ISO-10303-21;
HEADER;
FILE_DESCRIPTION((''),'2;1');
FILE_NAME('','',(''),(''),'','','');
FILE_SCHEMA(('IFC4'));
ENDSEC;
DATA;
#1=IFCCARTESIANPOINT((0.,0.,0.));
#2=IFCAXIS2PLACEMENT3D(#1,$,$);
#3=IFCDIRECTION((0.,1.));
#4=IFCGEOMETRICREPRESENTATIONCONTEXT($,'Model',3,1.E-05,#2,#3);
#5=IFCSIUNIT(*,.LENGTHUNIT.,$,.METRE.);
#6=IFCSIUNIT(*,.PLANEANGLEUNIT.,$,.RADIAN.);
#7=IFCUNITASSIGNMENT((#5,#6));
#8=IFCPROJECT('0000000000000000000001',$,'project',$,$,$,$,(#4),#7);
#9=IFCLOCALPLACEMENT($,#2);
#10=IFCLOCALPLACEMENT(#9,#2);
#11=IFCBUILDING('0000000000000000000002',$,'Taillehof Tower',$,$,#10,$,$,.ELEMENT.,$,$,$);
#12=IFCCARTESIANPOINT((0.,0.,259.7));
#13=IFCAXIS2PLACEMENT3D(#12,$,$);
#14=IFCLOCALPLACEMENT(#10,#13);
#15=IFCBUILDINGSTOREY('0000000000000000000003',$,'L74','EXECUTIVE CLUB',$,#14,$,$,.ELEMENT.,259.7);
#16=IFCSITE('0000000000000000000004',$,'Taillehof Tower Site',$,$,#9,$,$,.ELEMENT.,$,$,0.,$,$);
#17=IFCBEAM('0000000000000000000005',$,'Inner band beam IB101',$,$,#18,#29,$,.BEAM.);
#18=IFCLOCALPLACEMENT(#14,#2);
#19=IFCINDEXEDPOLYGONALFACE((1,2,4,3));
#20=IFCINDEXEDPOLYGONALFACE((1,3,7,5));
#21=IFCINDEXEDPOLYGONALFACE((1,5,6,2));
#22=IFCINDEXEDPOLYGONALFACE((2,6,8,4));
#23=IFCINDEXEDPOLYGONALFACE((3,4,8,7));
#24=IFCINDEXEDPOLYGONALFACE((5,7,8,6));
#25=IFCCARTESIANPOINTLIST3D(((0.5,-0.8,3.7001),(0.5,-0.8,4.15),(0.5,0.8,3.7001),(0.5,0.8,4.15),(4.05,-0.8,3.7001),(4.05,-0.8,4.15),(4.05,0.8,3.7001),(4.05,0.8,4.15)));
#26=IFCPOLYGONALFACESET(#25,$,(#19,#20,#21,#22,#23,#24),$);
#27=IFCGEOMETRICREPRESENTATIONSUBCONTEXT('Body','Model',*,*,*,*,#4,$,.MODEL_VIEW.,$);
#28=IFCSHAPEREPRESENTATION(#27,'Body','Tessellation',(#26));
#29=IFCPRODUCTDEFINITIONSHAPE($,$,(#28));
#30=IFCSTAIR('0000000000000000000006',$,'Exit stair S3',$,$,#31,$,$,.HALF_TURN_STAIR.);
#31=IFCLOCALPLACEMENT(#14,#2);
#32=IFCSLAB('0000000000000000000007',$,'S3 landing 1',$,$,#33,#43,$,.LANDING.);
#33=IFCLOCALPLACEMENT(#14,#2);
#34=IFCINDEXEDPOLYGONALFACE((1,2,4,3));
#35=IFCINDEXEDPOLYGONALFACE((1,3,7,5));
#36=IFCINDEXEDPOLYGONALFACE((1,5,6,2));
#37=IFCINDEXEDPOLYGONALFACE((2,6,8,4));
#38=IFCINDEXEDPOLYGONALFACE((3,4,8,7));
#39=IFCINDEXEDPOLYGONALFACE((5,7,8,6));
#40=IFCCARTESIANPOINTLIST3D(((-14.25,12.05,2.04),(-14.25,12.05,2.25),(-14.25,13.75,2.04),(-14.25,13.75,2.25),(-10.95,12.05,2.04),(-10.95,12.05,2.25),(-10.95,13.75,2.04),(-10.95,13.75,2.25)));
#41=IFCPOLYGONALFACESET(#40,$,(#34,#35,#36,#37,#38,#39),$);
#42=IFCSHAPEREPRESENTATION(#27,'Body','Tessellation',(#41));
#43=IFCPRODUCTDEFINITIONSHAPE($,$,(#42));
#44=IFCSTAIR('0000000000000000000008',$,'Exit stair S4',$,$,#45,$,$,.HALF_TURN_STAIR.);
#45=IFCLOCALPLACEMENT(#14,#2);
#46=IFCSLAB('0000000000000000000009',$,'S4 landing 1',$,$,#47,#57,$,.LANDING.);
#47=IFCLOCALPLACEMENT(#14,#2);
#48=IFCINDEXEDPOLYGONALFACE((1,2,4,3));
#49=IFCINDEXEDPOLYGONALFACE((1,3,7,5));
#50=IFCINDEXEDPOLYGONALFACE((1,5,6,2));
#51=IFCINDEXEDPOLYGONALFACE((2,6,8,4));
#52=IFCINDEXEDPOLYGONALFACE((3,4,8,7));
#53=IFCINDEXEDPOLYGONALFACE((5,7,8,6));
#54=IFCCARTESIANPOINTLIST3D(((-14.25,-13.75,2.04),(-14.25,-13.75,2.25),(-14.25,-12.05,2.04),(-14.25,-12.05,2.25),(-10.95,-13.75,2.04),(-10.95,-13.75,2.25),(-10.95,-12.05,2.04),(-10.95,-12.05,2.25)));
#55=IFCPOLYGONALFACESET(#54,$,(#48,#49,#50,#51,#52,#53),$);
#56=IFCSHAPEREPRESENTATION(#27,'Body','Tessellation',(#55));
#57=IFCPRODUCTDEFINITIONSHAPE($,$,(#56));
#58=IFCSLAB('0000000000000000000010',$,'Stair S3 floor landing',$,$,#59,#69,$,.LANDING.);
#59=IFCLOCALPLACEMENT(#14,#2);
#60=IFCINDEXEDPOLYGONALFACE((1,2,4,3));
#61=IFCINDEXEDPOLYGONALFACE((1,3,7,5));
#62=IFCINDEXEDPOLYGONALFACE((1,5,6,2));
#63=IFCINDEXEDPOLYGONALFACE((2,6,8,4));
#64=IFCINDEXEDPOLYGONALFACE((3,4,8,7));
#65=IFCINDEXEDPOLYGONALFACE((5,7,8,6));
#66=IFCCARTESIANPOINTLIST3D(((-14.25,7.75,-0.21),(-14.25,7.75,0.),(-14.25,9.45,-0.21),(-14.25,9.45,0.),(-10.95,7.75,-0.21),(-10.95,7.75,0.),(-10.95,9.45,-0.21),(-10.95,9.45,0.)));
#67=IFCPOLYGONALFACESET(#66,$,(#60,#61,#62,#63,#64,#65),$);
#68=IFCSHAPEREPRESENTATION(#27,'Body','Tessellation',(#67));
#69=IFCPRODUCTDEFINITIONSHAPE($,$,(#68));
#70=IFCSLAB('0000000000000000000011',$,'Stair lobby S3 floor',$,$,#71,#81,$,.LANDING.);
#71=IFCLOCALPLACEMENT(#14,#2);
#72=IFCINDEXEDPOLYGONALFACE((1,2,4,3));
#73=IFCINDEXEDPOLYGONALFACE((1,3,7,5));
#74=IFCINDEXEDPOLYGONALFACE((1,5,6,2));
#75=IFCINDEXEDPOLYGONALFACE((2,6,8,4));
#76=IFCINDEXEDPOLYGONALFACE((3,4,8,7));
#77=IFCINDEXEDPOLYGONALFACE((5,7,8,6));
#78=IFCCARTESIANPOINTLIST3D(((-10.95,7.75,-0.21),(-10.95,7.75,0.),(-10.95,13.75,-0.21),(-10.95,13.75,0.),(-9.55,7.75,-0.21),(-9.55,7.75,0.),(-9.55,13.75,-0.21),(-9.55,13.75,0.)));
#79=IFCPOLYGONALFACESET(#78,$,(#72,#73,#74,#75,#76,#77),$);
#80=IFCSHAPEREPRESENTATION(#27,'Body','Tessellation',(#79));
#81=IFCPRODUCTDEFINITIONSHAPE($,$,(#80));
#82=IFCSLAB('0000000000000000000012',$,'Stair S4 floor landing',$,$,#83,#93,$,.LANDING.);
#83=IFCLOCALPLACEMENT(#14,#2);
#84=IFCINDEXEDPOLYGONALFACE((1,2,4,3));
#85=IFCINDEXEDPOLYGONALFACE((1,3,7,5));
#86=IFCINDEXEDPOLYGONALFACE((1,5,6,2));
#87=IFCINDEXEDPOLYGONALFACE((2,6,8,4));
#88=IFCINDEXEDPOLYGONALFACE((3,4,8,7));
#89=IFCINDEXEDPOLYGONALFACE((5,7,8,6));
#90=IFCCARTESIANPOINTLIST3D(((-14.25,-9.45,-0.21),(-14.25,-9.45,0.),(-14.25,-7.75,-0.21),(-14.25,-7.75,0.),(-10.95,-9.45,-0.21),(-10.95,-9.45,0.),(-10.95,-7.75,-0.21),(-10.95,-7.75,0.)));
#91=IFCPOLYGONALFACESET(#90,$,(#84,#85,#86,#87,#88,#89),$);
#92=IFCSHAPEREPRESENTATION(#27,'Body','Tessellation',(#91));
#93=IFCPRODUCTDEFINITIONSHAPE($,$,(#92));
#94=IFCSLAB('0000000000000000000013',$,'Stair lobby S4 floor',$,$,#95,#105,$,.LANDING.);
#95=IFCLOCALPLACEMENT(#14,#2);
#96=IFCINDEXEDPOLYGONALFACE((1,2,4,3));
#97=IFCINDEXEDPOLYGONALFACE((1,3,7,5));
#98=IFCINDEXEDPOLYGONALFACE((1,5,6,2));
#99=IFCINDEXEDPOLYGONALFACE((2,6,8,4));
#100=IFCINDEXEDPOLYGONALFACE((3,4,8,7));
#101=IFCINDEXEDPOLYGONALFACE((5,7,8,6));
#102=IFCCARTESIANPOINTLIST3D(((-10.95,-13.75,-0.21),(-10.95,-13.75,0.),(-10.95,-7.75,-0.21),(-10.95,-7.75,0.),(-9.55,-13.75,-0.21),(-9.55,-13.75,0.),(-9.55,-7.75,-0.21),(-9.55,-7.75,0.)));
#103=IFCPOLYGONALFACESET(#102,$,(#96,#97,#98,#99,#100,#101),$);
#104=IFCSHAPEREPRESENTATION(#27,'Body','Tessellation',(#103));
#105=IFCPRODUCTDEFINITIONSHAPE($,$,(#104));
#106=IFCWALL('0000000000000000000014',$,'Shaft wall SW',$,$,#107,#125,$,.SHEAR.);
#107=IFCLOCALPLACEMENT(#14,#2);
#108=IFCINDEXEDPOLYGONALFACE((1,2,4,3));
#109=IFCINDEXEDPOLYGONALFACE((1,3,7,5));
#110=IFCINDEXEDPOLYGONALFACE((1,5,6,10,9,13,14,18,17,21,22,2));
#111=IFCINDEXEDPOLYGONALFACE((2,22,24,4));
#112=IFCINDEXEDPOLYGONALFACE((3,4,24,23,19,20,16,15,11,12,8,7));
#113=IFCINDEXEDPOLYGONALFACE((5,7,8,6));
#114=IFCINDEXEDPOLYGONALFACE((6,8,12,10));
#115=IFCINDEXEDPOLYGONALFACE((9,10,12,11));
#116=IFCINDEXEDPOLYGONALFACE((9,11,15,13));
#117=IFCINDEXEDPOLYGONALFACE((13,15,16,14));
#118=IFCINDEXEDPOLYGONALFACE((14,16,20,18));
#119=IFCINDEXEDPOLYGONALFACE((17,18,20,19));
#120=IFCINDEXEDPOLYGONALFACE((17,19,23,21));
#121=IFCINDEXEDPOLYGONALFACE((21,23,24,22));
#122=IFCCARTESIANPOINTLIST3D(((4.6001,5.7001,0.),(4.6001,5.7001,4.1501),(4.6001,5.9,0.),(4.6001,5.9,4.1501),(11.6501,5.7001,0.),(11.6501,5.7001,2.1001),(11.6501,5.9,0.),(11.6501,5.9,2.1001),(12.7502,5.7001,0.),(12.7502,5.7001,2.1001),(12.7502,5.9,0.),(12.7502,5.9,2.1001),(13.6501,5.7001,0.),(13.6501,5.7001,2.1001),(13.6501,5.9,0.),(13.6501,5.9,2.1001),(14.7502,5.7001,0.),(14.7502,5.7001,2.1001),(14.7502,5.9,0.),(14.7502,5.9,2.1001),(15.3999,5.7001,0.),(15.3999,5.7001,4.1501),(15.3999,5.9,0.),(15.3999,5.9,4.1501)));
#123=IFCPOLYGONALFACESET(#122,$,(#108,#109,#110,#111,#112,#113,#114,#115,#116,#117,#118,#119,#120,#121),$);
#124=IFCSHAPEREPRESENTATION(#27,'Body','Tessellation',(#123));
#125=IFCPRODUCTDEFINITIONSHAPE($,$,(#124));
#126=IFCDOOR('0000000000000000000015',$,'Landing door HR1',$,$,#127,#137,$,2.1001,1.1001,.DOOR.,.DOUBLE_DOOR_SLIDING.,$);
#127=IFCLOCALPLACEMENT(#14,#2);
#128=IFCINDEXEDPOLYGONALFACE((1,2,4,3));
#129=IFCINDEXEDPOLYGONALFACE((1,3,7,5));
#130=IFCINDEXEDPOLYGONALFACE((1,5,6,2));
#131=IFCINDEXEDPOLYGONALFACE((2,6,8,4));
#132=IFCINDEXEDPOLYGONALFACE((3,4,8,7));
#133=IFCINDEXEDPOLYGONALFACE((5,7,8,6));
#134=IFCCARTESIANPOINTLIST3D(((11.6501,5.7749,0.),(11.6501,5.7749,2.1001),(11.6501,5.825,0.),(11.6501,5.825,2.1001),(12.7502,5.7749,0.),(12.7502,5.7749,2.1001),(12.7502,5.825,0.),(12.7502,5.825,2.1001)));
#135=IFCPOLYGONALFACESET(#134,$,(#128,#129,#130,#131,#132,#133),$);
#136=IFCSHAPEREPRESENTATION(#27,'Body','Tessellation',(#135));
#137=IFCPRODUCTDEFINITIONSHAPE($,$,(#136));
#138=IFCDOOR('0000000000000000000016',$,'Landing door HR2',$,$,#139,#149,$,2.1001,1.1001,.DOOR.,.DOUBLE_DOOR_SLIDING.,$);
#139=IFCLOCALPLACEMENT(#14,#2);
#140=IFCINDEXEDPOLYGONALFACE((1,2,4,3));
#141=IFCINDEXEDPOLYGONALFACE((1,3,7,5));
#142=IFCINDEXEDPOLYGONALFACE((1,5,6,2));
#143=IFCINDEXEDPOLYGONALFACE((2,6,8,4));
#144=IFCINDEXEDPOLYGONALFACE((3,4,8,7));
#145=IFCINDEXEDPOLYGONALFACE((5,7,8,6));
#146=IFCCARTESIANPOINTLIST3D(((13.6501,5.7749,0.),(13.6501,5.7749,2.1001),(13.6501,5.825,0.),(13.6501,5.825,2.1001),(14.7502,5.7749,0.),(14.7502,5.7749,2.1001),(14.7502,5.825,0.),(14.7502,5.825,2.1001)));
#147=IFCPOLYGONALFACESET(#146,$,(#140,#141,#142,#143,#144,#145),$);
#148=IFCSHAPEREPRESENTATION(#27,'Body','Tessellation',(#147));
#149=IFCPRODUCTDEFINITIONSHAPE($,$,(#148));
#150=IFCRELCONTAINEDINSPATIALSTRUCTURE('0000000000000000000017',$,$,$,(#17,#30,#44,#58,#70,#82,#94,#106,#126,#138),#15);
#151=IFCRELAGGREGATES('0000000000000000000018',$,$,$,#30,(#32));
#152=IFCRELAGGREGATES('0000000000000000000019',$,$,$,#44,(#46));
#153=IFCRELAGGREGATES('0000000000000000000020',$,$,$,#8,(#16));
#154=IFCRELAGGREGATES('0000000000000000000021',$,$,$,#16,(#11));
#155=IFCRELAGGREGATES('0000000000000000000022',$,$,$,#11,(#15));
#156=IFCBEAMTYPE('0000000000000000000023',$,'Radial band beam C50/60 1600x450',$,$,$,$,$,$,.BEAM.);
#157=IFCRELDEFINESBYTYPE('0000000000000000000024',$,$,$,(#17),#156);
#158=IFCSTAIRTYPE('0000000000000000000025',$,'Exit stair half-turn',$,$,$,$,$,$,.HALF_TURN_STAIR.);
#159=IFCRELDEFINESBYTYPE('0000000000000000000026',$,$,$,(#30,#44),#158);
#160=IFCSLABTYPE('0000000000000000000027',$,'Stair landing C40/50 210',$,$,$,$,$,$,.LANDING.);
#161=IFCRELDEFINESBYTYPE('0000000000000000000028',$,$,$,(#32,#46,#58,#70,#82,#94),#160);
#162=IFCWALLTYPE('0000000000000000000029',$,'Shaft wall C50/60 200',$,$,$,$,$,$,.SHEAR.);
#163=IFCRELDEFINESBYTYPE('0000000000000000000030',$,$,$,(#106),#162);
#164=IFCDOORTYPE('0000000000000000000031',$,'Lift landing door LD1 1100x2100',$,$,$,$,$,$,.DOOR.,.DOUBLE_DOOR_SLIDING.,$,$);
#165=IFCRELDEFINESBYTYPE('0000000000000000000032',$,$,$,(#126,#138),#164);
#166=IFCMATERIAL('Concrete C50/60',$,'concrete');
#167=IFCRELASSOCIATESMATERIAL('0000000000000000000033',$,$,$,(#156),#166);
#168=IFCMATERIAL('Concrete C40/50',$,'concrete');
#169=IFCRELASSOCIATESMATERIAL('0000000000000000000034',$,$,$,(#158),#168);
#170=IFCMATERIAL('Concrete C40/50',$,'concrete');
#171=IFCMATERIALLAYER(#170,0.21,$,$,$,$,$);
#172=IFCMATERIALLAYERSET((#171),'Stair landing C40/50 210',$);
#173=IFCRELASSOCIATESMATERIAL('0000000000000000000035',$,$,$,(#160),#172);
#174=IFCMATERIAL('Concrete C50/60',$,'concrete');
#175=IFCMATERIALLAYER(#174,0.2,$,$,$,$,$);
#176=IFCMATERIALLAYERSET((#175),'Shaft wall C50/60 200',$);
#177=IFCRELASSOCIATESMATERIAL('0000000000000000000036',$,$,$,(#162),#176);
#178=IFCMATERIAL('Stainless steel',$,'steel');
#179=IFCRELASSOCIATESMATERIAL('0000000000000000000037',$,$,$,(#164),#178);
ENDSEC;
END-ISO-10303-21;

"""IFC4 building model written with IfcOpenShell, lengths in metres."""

from ifc_helpers import new_model, si_unit, direction, frame, frame_2d, origin, origin_2d, place, context, subcontext, project, spatial, polyline, rectangle, outline, extrude, material, layer, layer_set, material_profile, profile_set, type_object, element, fill, aggregate, save


model = new_model("IFC4")

# Units and contexts
model_context = context("Model", 3, precision=1e-05, world=origin(), true_north=direction((0.0, 1.0)))
body_context = subcontext(model_context, "Body", "Model", "MODEL_VIEW")
ifc_project = project(units=[si_unit("LENGTHUNIT", "METRE"), si_unit("PLANEANGLEUNIT", "RADIAN")], contexts=[model_context])

# Site, building, storey
site_placement = place(None, origin())
site = spatial("IfcSite", under=ifc_project, at=site_placement, Name="Taillehof Tower Site", CompositionType="ELEMENT", RefElevation=0.0)
building_placement = place(site_placement, origin())
building = spatial("IfcBuilding", under=site, at=building_placement, Name="Taillehof Tower", CompositionType="ELEMENT")
storey_placement = place(building_placement, frame((0.0, 0.0, 259.7)))
storey = spatial("IfcBuildingStorey", under=building, at=storey_placement, Name="L74", Description="EXECUTIVE CLUB", CompositionType="ELEMENT", Elevation=259.7)

# Beam
ifc_material_1 = material(Name="Concrete C50/60", Category="concrete")
ifc_material_profile = material_profile(ifc_material_1, rectangle(XDim=1.6001, YDim=0.45, at=origin_2d()), Name="RC 1600x450")
ifc_profile_set = profile_set([ifc_material_profile], Name="Concrete C50/60")
beam_type = type_object("IfcBeamType", Name="Radial band beam C50/60 1600x450", PredefinedType="BEAM", material=ifc_profile_set)
beam_placement = place(storey_placement, frame((0.5, 0.0, 3.925), z_axis=(1.0, 0.0, 0.0), x_axis=(0.0, 1.0, 0.0)))
element("IfcBeam", 1, at=beam_placement, inside=storey, type_object=beam_type, Name="Inner band beam IB101", PredefinedType="BEAM", context=body_context, shape_type="SweptSolid", body=[
    extrude(rectangle(XDim=1.6001, YDim=0.45, at=origin_2d()), origin(), (0.0, 0.0, 1.0), 3.55),
])

# Stairs, slabs
ifc_material_2 = material(Name="Concrete C40/50", Category="concrete")
stair_type = type_object("IfcStairType", Name="Exit stair half-turn", PredefinedType="HALF_TURN_STAIR", material=ifc_material_2)
stair_1_placement = place(storey_placement, origin())
stair_1 = element("IfcStair", 2, at=stair_1_placement, inside=storey, type_object=stair_type, Name="Exit stair S3", PredefinedType="HALF_TURN_STAIR")
ifc_material_3 = material(Name="Concrete C40/50", Category="concrete")
ifc_layer_1 = layer(ifc_material_3, 0.21)
ifc_layer_set_1 = layer_set([ifc_layer_1], Name="Stair landing C40/50 210")
slab_type = type_object("IfcSlabType", Name="Stair landing C40/50 210", PredefinedType="LANDING", material=ifc_layer_set_1)
slab_1_placement = place(storey_placement, frame((0.0, 0.0, 2.04)))
slab_1 = element("IfcSlab", 3, at=slab_1_placement, type_object=slab_type, Name="S3 landing 1", PredefinedType="LANDING", context=body_context, shape_type="SweptSolid", body=[
    extrude(outline(polyline([(-14.25, 12.05), (-14.25, 13.75), (-10.95, 13.75), (-10.95, 12.05), (-14.25, 12.05)])), origin(), (0.0, 0.0, 1.0), 0.21),
])
aggregate(stair_1, [slab_1])
stair_2_placement = place(storey_placement, origin())
stair_2 = element("IfcStair", 4, at=stair_2_placement, inside=storey, type_object=stair_type, Name="Exit stair S4", PredefinedType="HALF_TURN_STAIR")
slab_2_placement = place(storey_placement, frame((0.0, 0.0, 2.04)))
slab_2 = element("IfcSlab", 5, at=slab_2_placement, type_object=slab_type, Name="S4 landing 1", PredefinedType="LANDING", context=body_context, shape_type="SweptSolid", body=[
    extrude(outline(polyline([(-14.25, -12.05), (-14.25, -13.75), (-10.95, -13.75), (-10.95, -12.05), (-14.25, -12.05)])), origin(), (0.0, 0.0, 1.0), 0.21),
])
aggregate(stair_2, [slab_2])

# Slabs
slab_3_placement = place(storey_placement, frame((0.0, 0.0, -0.21)))
element("IfcSlab", 6, at=slab_3_placement, inside=storey, type_object=slab_type, Name="Stair S3 floor landing", PredefinedType="LANDING", context=body_context, shape_type="SweptSolid", body=[
    extrude(outline(polyline([(-14.25, 7.75), (-14.25, 9.45), (-10.95, 9.45), (-10.95, 7.75), (-14.25, 7.75)])), origin(), (0.0, 0.0, 1.0), 0.21),
])
slab_4_placement = place(storey_placement, frame((0.0, 0.0, -0.21)))
element("IfcSlab", 7, at=slab_4_placement, inside=storey, type_object=slab_type, Name="Stair lobby S3 floor", PredefinedType="LANDING", context=body_context, shape_type="SweptSolid", body=[
    extrude(outline(polyline([(-10.95, 7.75), (-9.55, 7.75), (-9.55, 13.75), (-10.95, 13.75), (-10.95, 7.75)])), origin(), (0.0, 0.0, 1.0), 0.21),
])
slab_5_placement = place(storey_placement, frame((0.0, 0.0, -0.21)))
element("IfcSlab", 8, at=slab_5_placement, inside=storey, type_object=slab_type, Name="Stair S4 floor landing", PredefinedType="LANDING", context=body_context, shape_type="SweptSolid", body=[
    extrude(outline(polyline([(-14.25, -7.75), (-14.25, -9.45), (-10.95, -9.45), (-10.95, -7.75), (-14.25, -7.75)])), origin(), (0.0, 0.0, 1.0), 0.21),
])
slab_6_placement = place(storey_placement, frame((0.0, 0.0, -0.21)))
element("IfcSlab", 9, at=slab_6_placement, inside=storey, type_object=slab_type, Name="Stair lobby S4 floor", PredefinedType="LANDING", context=body_context, shape_type="SweptSolid", body=[
    extrude(outline(polyline([(-10.95, -13.75), (-9.55, -13.75), (-9.55, -7.75), (-10.95, -7.75), (-10.95, -13.75)])), origin(), (0.0, 0.0, 1.0), 0.21),
])

# Wall, openings, doors
ifc_material_4 = material(Name="Concrete C50/60", Category="concrete")
ifc_layer_2 = layer(ifc_material_4, 0.2)
ifc_layer_set_2 = layer_set([ifc_layer_2], Name="Shaft wall C50/60 200")
wall_type_1 = type_object("IfcWallType", Name="Shaft wall C50/60 200", PredefinedType="SHEAR", material=ifc_layer_set_2)
wall_1_placement = place(storey_placement, frame((4.6001, 5.8, 0.0), z_axis=(0.0, 0.0, 1.0), x_axis=(1.0, 0.0, 0.0)))
wall_1 = element("IfcWall", 10, at=wall_1_placement, inside=storey, type_object=wall_type_1, Name="Shaft wall SW", PredefinedType="SHEAR", context=body_context, shape_type="SweptSolid", body=[
    extrude(rectangle(XDim=10.7998, YDim=0.2, at=frame_2d((5.3999, 0.0))), origin(), (0.0, 0.0, 1.0), 4.1501),
])
opening_1_placement = place(wall_1_placement, frame((7.05, 0.0, 0.0)))
opening_1 = element("IfcOpeningElement", 11, at=opening_1_placement, cuts=wall_1, PredefinedType="OPENING", context=body_context, shape_type="SweptSolid", body=[
    extrude(rectangle(XDim=1.1001, YDim=2.1001, at=frame_2d((0.55, 1.05))), frame((0.0, 0.1099, 0.0), z_axis=(0.0, -1.0, 0.0), x_axis=(1.0, 0.0, 0.0)), (0.0, 0.0, 1.0), 0.22),
])
opening_2_placement = place(wall_1_placement, frame((9.05, 0.0, 0.0)))
opening_2 = element("IfcOpeningElement", 12, at=opening_2_placement, cuts=wall_1, PredefinedType="OPENING", context=body_context, shape_type="SweptSolid", body=[
    extrude(rectangle(XDim=1.1001, YDim=2.1001, at=frame_2d((0.55, 1.05))), frame((0.0, 0.1099, 0.0), z_axis=(0.0, -1.0, 0.0), x_axis=(1.0, 0.0, 0.0)), (0.0, 0.0, 1.0), 0.22),
])
ifc_material_5 = material(Name="Stainless steel", Category="steel")
door_type_1 = type_object("IfcDoorType", Name="Lift landing door LD1 1100x2100", OperationType="DOUBLE_DOOR_SLIDING", PredefinedType="DOOR", material=ifc_material_5)
door_1_placement = place(opening_1_placement, origin())
door_1 = element("IfcDoor", 13, at=door_1_placement, inside=storey, type_object=door_type_1, Name="Landing door HR1", OperationType="DOUBLE_DOOR_SLIDING", OverallHeight=2.1001, OverallWidth=1.1001, PredefinedType="DOOR", context=body_context, shape_type="SweptSolid", body=[
    extrude(rectangle(XDim=1.1001, YDim=2.1001, at=frame_2d((0.55, 1.05))), frame((0.0, 0.0249, 0.0), z_axis=(0.0, -1.0, 0.0), x_axis=(1.0, 0.0, 0.0)), (0.0, 0.0, 1.0), 0.05),
])
fill(opening_1, door_1)
door_2_placement = place(opening_2_placement, origin())
door_2 = element("IfcDoor", 14, at=door_2_placement, inside=storey, type_object=door_type_1, Name="Landing door HR2", OperationType="DOUBLE_DOOR_SLIDING", OverallHeight=2.1001, OverallWidth=1.1001, PredefinedType="DOOR", context=body_context, shape_type="SweptSolid", body=[
    extrude(rectangle(XDim=1.1001, YDim=2.1001, at=frame_2d((0.55, 1.05))), frame((0.0, 0.0249, 0.0), z_axis=(0.0, -1.0, 0.0), x_axis=(1.0, 0.0, 0.0)), (0.0, 0.0, 1.0), 0.05),
])
fill(opening_2, door_2)

save(model, "model.ifc")
